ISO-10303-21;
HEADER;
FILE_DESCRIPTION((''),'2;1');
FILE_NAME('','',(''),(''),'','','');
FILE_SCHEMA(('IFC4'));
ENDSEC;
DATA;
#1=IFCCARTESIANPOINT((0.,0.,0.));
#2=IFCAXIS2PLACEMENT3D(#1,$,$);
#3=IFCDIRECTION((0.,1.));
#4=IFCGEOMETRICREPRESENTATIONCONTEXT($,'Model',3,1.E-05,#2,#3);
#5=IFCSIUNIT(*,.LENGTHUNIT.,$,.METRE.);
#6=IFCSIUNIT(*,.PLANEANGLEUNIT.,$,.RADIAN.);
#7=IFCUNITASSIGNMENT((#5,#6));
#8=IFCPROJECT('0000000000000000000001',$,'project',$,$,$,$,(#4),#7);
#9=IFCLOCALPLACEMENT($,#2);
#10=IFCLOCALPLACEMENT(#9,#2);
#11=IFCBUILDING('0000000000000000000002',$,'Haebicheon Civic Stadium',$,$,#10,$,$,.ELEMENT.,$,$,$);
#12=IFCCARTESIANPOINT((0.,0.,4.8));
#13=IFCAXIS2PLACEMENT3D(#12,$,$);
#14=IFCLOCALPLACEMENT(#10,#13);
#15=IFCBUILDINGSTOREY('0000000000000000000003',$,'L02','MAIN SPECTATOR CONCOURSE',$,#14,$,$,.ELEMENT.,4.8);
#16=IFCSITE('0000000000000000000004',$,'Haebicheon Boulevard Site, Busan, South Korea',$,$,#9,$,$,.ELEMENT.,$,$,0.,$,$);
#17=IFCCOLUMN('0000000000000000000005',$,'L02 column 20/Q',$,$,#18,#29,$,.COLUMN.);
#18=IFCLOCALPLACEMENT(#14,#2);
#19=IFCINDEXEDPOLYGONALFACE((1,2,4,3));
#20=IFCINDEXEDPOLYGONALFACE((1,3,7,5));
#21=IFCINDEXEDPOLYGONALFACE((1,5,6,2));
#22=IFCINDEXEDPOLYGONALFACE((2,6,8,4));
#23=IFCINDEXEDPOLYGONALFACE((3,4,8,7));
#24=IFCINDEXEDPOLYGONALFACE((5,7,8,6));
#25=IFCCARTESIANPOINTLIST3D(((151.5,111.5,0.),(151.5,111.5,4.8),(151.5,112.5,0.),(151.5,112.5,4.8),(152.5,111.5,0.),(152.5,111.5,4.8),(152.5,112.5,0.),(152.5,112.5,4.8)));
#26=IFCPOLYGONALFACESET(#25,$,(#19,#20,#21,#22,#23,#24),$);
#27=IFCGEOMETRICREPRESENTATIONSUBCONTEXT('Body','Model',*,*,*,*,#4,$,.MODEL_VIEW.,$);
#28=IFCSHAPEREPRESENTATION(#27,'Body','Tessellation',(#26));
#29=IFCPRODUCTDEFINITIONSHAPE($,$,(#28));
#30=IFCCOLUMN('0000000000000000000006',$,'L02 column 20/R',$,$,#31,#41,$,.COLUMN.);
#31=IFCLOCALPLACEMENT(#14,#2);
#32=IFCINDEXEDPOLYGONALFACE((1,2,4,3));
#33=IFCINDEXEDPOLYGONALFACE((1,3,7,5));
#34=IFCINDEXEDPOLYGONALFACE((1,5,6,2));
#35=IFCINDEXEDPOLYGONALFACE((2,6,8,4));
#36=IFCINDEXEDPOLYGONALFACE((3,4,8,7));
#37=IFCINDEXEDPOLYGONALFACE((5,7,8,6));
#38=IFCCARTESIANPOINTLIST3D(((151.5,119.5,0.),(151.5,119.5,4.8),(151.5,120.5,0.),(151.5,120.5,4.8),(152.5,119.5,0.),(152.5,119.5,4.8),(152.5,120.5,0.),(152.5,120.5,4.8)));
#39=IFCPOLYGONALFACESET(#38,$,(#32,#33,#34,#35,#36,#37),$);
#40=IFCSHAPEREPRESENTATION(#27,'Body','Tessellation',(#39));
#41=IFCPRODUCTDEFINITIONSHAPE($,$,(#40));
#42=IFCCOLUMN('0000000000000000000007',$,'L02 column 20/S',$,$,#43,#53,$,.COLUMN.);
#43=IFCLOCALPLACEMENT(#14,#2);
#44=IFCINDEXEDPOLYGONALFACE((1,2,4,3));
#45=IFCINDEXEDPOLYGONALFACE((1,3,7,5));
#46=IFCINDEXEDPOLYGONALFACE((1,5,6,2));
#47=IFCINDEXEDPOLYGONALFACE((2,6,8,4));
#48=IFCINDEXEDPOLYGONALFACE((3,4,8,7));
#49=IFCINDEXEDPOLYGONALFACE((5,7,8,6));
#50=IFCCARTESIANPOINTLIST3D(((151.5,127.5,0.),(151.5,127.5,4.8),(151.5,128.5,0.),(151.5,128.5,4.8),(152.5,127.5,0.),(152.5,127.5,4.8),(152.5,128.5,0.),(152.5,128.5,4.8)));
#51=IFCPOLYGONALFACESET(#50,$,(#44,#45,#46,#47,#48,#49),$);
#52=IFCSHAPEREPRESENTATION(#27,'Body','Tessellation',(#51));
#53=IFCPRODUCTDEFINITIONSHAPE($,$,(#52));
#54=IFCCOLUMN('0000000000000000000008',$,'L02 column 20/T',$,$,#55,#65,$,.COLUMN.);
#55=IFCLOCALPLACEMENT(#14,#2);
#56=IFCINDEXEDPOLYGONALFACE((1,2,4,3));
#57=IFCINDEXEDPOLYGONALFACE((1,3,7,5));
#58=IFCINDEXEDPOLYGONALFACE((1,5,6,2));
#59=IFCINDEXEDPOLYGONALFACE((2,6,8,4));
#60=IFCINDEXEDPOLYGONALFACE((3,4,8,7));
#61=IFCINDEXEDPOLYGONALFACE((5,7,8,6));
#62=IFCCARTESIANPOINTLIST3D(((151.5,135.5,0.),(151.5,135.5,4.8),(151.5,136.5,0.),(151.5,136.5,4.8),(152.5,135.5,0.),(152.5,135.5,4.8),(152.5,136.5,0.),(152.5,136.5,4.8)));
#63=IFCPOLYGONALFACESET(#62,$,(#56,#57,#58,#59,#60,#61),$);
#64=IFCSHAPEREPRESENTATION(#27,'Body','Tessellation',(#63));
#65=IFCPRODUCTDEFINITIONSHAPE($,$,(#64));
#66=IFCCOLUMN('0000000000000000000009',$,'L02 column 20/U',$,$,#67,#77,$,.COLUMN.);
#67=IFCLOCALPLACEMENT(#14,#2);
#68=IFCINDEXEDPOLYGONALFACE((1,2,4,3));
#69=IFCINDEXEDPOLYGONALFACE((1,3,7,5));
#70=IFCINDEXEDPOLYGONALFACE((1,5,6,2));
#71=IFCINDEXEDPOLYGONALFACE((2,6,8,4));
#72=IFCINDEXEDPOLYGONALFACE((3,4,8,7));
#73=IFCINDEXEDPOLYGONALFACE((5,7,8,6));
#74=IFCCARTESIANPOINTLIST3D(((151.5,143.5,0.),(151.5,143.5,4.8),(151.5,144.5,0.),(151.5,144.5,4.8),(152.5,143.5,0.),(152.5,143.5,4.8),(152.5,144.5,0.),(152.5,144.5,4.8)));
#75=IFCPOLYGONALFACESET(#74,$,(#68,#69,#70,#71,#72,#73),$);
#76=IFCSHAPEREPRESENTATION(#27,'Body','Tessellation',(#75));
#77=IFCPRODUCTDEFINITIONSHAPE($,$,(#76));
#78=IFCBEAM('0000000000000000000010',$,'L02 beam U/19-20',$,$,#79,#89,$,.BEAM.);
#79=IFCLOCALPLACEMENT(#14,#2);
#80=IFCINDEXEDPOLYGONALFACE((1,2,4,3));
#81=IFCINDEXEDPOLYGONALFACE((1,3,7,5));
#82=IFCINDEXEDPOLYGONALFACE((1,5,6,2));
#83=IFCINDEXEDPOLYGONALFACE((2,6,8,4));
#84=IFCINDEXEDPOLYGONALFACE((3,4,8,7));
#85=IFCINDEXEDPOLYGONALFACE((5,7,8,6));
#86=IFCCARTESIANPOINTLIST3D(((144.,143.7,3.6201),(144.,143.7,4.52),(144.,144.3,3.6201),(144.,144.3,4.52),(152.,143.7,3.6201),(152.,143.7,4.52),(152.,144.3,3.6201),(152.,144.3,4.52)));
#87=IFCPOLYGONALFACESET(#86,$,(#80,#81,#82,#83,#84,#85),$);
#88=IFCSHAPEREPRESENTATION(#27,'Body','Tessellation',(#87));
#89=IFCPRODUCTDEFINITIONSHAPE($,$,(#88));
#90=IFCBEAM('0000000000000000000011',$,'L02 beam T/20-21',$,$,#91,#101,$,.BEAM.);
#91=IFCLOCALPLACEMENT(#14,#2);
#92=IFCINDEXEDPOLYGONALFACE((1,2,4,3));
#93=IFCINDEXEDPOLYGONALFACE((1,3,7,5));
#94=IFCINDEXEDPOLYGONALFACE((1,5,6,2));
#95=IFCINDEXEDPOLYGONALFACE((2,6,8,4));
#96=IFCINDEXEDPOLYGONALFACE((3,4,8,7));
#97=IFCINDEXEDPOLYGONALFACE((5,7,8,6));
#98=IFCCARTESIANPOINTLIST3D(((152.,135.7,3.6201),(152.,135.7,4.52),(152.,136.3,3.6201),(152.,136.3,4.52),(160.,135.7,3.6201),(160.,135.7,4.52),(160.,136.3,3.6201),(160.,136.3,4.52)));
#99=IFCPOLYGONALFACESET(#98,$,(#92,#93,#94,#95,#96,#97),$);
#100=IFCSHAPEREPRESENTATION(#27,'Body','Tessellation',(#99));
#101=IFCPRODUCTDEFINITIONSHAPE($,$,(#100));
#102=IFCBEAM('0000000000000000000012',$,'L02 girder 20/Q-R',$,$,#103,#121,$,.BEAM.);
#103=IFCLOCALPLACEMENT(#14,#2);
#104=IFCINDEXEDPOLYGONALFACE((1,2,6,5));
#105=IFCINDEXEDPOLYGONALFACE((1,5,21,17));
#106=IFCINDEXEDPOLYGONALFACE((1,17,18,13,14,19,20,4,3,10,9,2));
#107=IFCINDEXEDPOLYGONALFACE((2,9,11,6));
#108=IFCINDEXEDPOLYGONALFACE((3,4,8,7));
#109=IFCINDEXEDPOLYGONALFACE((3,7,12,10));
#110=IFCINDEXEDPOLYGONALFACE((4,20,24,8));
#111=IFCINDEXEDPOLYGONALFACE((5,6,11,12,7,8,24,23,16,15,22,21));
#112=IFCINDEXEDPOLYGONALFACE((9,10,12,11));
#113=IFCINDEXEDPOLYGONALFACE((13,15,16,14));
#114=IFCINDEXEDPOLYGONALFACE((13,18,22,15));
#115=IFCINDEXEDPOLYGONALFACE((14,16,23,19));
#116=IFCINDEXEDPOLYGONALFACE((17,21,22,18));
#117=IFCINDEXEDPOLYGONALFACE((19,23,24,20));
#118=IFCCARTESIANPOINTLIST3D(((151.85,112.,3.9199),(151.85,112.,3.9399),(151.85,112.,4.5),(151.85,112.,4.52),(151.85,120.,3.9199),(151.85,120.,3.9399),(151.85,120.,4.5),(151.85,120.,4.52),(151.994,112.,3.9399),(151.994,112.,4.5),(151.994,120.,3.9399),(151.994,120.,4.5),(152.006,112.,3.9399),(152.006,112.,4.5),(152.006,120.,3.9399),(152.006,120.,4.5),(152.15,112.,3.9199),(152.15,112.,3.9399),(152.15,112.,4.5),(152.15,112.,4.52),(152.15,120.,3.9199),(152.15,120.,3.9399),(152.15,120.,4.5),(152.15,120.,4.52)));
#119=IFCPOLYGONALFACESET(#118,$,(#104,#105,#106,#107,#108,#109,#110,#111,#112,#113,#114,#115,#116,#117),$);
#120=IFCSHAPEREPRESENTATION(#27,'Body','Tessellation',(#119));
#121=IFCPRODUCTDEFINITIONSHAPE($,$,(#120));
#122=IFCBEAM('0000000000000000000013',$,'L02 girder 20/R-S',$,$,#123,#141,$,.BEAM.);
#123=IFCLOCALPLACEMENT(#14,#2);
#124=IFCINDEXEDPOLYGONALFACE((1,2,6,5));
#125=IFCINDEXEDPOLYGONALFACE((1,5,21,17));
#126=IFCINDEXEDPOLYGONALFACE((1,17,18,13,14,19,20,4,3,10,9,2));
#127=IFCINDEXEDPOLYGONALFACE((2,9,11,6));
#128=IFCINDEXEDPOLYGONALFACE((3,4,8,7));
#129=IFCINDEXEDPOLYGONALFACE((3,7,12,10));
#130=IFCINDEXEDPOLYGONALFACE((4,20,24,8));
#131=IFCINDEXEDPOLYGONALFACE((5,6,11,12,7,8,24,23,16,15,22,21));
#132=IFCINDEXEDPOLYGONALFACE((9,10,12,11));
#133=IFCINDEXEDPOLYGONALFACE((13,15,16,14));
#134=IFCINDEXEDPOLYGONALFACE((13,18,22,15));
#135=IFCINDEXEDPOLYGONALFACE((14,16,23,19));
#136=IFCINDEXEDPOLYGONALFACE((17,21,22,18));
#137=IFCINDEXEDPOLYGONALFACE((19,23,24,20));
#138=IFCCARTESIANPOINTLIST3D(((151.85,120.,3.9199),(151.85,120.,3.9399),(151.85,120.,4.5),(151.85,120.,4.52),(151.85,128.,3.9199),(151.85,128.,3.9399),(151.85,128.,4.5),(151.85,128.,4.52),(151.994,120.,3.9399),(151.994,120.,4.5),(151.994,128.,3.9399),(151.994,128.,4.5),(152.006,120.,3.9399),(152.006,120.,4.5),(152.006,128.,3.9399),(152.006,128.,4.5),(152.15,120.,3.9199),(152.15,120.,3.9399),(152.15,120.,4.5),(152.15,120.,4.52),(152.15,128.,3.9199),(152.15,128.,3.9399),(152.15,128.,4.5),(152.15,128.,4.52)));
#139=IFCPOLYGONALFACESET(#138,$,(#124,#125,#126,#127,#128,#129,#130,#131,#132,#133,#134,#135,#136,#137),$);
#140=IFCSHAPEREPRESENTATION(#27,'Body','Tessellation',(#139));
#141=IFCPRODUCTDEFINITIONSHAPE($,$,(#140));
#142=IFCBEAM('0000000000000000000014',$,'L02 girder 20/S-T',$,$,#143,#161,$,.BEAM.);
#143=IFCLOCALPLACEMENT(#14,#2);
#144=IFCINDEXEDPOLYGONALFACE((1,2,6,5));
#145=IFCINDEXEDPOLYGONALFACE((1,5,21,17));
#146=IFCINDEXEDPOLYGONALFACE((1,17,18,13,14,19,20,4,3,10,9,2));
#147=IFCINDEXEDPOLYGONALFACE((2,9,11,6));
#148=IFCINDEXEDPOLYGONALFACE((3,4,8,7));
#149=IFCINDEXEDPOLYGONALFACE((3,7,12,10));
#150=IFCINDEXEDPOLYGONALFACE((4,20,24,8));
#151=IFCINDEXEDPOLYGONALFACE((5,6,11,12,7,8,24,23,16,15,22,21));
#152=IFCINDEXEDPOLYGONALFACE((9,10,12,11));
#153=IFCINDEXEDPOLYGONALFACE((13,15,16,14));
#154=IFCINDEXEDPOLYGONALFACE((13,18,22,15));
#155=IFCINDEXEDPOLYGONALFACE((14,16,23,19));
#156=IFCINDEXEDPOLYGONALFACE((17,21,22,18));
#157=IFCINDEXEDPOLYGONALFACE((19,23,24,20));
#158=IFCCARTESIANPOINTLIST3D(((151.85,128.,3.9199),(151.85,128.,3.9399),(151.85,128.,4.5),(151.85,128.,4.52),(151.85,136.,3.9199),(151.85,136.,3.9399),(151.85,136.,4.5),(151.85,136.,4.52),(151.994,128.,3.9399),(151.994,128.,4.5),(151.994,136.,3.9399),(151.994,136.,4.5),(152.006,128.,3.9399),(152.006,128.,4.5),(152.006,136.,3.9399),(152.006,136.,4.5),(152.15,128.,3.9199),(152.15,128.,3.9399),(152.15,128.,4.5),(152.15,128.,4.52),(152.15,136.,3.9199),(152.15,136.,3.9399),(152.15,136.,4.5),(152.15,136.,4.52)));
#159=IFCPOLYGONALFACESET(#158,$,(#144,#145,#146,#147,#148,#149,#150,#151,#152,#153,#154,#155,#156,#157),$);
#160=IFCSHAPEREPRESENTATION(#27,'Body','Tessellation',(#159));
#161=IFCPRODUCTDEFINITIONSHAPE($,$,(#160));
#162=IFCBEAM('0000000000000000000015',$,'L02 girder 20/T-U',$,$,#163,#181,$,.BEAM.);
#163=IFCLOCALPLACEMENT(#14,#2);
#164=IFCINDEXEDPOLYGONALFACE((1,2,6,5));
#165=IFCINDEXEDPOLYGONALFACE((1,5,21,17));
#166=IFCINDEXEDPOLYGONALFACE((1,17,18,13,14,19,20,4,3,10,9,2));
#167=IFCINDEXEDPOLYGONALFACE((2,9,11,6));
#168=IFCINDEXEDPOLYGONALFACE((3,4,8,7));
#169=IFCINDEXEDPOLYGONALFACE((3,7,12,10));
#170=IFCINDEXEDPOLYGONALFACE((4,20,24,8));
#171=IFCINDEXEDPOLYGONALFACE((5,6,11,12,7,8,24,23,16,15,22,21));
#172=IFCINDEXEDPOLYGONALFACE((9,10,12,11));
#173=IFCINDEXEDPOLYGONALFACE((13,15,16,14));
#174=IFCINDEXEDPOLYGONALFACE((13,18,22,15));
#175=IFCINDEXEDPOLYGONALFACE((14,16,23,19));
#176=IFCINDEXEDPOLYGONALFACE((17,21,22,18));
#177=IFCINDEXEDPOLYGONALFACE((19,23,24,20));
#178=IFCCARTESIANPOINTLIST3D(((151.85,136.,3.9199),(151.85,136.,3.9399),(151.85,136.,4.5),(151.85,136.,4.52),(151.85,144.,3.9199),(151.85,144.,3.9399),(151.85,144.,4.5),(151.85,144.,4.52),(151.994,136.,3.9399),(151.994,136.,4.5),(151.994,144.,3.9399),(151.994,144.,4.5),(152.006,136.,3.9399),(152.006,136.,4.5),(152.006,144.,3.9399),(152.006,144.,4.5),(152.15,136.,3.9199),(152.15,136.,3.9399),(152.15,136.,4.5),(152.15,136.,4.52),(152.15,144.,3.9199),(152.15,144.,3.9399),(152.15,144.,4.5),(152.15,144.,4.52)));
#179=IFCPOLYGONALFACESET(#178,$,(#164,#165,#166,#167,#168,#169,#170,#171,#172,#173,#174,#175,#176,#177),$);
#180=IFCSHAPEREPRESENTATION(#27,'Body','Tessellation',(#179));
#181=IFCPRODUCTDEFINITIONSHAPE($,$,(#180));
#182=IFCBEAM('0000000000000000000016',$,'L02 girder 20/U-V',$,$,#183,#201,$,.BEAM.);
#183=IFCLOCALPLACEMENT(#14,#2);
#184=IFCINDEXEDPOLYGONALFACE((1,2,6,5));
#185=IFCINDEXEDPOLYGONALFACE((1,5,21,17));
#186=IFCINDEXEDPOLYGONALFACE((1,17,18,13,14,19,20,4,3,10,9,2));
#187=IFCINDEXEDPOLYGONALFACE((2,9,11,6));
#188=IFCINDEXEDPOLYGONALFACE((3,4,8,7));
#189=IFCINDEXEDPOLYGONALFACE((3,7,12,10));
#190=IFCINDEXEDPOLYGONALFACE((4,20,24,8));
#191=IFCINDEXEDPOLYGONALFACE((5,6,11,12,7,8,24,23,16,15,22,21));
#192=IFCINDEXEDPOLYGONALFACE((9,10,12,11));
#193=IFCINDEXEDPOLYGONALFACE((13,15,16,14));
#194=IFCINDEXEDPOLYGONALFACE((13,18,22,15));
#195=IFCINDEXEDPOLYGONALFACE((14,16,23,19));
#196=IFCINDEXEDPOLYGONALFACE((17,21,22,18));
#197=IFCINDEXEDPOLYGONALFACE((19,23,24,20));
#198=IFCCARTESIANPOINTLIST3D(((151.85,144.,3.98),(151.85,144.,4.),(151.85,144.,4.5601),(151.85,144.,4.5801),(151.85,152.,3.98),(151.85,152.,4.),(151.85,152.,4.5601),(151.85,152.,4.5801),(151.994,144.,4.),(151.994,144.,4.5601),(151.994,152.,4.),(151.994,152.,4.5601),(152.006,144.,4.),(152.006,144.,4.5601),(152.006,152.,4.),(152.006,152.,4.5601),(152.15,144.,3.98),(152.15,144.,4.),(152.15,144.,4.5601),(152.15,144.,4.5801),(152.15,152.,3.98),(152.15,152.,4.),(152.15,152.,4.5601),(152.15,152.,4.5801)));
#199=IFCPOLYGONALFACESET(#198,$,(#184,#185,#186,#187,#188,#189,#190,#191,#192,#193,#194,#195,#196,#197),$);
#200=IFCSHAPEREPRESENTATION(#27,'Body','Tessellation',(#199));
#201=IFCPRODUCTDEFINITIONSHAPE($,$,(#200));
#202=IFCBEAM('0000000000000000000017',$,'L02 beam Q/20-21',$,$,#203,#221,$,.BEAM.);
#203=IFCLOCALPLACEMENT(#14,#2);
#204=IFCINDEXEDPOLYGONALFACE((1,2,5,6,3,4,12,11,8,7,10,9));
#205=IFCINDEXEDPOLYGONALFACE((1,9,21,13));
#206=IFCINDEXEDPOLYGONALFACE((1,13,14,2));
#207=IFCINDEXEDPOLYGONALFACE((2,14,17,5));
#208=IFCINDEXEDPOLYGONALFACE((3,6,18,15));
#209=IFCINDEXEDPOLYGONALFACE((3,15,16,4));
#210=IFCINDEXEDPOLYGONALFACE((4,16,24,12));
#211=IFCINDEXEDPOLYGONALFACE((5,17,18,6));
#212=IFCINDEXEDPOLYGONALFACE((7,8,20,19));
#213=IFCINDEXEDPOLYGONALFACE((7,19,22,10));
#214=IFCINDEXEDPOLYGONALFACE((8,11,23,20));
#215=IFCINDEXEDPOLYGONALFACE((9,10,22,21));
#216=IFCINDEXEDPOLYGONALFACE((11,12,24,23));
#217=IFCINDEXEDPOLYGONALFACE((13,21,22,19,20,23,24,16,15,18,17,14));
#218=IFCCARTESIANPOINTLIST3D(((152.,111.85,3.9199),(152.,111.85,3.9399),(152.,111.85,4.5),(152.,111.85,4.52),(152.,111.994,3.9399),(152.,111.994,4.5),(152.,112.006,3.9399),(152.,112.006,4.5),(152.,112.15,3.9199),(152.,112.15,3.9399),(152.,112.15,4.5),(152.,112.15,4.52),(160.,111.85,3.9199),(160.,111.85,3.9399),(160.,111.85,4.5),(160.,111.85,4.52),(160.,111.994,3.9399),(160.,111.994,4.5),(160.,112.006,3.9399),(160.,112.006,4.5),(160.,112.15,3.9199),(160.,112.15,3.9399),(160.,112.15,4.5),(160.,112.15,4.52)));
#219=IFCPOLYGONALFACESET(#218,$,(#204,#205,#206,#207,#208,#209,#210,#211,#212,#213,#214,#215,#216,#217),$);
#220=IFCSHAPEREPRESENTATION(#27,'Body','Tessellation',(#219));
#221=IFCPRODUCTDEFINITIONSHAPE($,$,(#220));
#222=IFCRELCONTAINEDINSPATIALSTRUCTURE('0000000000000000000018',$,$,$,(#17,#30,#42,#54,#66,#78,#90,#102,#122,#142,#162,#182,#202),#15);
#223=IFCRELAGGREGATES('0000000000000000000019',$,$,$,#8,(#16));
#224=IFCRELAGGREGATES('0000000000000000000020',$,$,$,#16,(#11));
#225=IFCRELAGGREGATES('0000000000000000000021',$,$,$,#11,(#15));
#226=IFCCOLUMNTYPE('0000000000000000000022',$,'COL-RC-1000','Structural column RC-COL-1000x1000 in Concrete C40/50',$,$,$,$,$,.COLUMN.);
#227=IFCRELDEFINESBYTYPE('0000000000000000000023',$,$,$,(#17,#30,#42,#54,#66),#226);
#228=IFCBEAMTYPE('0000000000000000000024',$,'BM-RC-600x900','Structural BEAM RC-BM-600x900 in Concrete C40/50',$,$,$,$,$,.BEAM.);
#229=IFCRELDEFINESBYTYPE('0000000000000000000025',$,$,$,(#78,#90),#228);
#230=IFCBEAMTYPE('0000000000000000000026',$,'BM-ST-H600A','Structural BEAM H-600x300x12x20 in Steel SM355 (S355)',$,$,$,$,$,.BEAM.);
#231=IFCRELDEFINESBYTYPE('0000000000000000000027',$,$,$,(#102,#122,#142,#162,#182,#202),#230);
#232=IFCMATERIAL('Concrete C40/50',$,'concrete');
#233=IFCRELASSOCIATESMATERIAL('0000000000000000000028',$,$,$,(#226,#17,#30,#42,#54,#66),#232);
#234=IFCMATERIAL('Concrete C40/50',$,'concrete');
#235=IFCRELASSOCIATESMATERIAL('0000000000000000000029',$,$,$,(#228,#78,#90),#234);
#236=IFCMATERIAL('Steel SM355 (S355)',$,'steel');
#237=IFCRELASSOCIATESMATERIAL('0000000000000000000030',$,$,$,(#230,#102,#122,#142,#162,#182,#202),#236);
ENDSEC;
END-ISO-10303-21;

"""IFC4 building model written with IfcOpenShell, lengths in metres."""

from ifc_helpers import new_model, si_unit, direction, frame, origin, origin_2d, place, context, subcontext, project, spatial, rectangle, i_section, extrude, material, material_profile, profile_set, type_object, element, save


model = new_model("IFC4")

# Units and contexts
model_context = context("Model", 3, precision=1e-05, world=origin(), true_north=direction((0.0, 1.0)))
body_context = subcontext(model_context, "Body", "Model", "MODEL_VIEW")
ifc_project = project(units=[si_unit("LENGTHUNIT", "METRE"), si_unit("PLANEANGLEUNIT", "RADIAN")], contexts=[model_context])

# Site, building, storey
site_placement = place(None, origin())
site = spatial("IfcSite", under=ifc_project, at=site_placement, Name="Haebicheon Boulevard Site, Busan, South Korea", CompositionType="ELEMENT", RefElevation=0.0)
building_placement = place(site_placement, origin())
building = spatial("IfcBuilding", under=site, at=building_placement, Name="Haebicheon Civic Stadium", CompositionType="ELEMENT")
storey_placement = place(building_placement, frame((0.0, 0.0, 4.8)))
storey = spatial("IfcBuildingStorey", under=building, at=storey_placement, Name="L02", Description="MAIN SPECTATOR CONCOURSE", CompositionType="ELEMENT", Elevation=4.8)

# Columns
ifc_material_1 = material(Name="Concrete C40/50", Category="concrete")
ifc_material_profile_1 = material_profile(ifc_material_1, rectangle(XDim=1.0, YDim=1.0, at=origin_2d()), Name="RC-COL-1000x1000")
ifc_profile_set_1 = profile_set([ifc_material_profile_1], Name="Concrete C40/50")
column_type = type_object("IfcColumnType", Name="COL-RC-1000", Description="Structural column RC-COL-1000x1000 in Concrete C40/50", PredefinedType="COLUMN", material=ifc_profile_set_1)
for number, where, z_axis, x_axis, name in (
    (1, (152.0, 112.0, 0.0), (0.0, 0.0, 1.0), (1.0, 0.0, 0.0), "L02 column 20/Q"),
    (2, (152.0, 120.0, 0.0), (0.0, 0.0, 1.0), (1.0, 0.0, 0.0), "L02 column 20/R"),
    (3, (152.0, 128.0, 0.0), (0.0, 0.0, 1.0), (1.0, 0.0, 0.0), "L02 column 20/S"),
    (4, (152.0, 136.0, 0.0), (0.0, 0.0, 1.0), (1.0, 0.0, 0.0), "L02 column 20/T"),
    (5, (152.0, 144.0, 0.0), (0.0, 0.0, 1.0), (1.0, 0.0, 0.0), "L02 column 20/U"),
):
    element("IfcColumn", number, at=place(storey_placement, frame(where, z_axis=z_axis, x_axis=x_axis)), inside=storey, type_object=column_type, material=ifc_profile_set_1, Name=name, PredefinedType="COLUMN", context=body_context, shape_type="SweptSolid", body=[
        extrude(rectangle(XDim=1.0, YDim=1.0, at=origin_2d()), origin(), (0.0, 0.0, 1.0), 4.8),
    ])

# Beams
ifc_material_2 = material(Name="Concrete C40/50", Category="concrete")
ifc_material_profile_2 = material_profile(ifc_material_2, rectangle(XDim=0.6001, YDim=0.8999, at=origin_2d()), Name="RC-BM-600x900")
ifc_profile_set_2 = profile_set([ifc_material_profile_2], Name="Concrete C40/50")
beam_type_1 = type_object("IfcBeamType", Name="BM-RC-600x900", Description="Structural BEAM RC-BM-600x900 in Concrete C40/50", PredefinedType="BEAM", material=ifc_profile_set_2)
for number, where, z_axis, x_axis, name in (
    (6, (144.0, 144.0, 4.0701), (1.0, 0.0, 0.0), (0.0, 1.0, 0.0), "L02 beam U/19-20"),
    (7, (152.0, 136.0, 4.0701), (1.0, 0.0, 0.0), (0.0, 1.0, 0.0), "L02 beam T/20-21"),
):
    element("IfcBeam", number, at=place(storey_placement, frame(where, z_axis=z_axis, x_axis=x_axis)), inside=storey, type_object=beam_type_1, material=ifc_profile_set_2, Name=name, PredefinedType="BEAM", context=body_context, shape_type="SweptSolid", body=[
        extrude(rectangle(XDim=0.6001, YDim=0.8999, at=origin_2d()), origin(), (0.0, 0.0, 1.0), 8.0),
    ])
ifc_material_3 = material(Name="Steel SM355 (S355)", Category="steel")
ifc_material_profile_3 = material_profile(ifc_material_3, i_section(OverallWidth=0.3, OverallDepth=0.6001, WebThickness=0.012, FlangeThickness=0.02, at=origin_2d()), Name="H-600x300x12x20")
ifc_profile_set_3 = profile_set([ifc_material_profile_3], Name="Steel SM355 (S355)")
beam_type_2 = type_object("IfcBeamType", Name="BM-ST-H600A", Description="Structural BEAM H-600x300x12x20 in Steel SM355 (S355)", PredefinedType="BEAM", material=ifc_profile_set_3)
for number, where, z_axis, x_axis, name in (
    (8, (152.0, 112.0, 4.22), (0.0, 1.0, 0.0), (-1.0, 0.0, 0.0), "L02 girder 20/Q-R"),
    (9, (152.0, 120.0, 4.22), (0.0, 1.0, 0.0), (-1.0, 0.0, 0.0), "L02 girder 20/R-S"),
    (10, (152.0, 128.0, 4.22), (0.0, 1.0, 0.0), (-1.0, 0.0, 0.0), "L02 girder 20/S-T"),
    (11, (152.0, 136.0, 4.22), (0.0, 1.0, 0.0), (-1.0, 0.0, 0.0), "L02 girder 20/T-U"),
    (12, (152.0, 144.0, 4.28), (0.0, 1.0, 0.0), (-1.0, 0.0, 0.0), "L02 girder 20/U-V"),
    (13, (152.0, 112.0, 4.22), (1.0, 0.0, 0.0), (0.0, 1.0, 0.0), "L02 beam Q/20-21"),
):
    element("IfcBeam", number, at=place(storey_placement, frame(where, z_axis=z_axis, x_axis=x_axis)), inside=storey, type_object=beam_type_2, material=ifc_profile_set_3, Name=name, PredefinedType="BEAM", context=body_context, shape_type="SweptSolid", body=[
        extrude(i_section(OverallWidth=0.3, OverallDepth=0.6001, WebThickness=0.012, FlangeThickness=0.02, at=origin_2d()), origin(), (0.0, 0.0, 1.0), 8.0),
    ])

save(model, "model.ifc")
